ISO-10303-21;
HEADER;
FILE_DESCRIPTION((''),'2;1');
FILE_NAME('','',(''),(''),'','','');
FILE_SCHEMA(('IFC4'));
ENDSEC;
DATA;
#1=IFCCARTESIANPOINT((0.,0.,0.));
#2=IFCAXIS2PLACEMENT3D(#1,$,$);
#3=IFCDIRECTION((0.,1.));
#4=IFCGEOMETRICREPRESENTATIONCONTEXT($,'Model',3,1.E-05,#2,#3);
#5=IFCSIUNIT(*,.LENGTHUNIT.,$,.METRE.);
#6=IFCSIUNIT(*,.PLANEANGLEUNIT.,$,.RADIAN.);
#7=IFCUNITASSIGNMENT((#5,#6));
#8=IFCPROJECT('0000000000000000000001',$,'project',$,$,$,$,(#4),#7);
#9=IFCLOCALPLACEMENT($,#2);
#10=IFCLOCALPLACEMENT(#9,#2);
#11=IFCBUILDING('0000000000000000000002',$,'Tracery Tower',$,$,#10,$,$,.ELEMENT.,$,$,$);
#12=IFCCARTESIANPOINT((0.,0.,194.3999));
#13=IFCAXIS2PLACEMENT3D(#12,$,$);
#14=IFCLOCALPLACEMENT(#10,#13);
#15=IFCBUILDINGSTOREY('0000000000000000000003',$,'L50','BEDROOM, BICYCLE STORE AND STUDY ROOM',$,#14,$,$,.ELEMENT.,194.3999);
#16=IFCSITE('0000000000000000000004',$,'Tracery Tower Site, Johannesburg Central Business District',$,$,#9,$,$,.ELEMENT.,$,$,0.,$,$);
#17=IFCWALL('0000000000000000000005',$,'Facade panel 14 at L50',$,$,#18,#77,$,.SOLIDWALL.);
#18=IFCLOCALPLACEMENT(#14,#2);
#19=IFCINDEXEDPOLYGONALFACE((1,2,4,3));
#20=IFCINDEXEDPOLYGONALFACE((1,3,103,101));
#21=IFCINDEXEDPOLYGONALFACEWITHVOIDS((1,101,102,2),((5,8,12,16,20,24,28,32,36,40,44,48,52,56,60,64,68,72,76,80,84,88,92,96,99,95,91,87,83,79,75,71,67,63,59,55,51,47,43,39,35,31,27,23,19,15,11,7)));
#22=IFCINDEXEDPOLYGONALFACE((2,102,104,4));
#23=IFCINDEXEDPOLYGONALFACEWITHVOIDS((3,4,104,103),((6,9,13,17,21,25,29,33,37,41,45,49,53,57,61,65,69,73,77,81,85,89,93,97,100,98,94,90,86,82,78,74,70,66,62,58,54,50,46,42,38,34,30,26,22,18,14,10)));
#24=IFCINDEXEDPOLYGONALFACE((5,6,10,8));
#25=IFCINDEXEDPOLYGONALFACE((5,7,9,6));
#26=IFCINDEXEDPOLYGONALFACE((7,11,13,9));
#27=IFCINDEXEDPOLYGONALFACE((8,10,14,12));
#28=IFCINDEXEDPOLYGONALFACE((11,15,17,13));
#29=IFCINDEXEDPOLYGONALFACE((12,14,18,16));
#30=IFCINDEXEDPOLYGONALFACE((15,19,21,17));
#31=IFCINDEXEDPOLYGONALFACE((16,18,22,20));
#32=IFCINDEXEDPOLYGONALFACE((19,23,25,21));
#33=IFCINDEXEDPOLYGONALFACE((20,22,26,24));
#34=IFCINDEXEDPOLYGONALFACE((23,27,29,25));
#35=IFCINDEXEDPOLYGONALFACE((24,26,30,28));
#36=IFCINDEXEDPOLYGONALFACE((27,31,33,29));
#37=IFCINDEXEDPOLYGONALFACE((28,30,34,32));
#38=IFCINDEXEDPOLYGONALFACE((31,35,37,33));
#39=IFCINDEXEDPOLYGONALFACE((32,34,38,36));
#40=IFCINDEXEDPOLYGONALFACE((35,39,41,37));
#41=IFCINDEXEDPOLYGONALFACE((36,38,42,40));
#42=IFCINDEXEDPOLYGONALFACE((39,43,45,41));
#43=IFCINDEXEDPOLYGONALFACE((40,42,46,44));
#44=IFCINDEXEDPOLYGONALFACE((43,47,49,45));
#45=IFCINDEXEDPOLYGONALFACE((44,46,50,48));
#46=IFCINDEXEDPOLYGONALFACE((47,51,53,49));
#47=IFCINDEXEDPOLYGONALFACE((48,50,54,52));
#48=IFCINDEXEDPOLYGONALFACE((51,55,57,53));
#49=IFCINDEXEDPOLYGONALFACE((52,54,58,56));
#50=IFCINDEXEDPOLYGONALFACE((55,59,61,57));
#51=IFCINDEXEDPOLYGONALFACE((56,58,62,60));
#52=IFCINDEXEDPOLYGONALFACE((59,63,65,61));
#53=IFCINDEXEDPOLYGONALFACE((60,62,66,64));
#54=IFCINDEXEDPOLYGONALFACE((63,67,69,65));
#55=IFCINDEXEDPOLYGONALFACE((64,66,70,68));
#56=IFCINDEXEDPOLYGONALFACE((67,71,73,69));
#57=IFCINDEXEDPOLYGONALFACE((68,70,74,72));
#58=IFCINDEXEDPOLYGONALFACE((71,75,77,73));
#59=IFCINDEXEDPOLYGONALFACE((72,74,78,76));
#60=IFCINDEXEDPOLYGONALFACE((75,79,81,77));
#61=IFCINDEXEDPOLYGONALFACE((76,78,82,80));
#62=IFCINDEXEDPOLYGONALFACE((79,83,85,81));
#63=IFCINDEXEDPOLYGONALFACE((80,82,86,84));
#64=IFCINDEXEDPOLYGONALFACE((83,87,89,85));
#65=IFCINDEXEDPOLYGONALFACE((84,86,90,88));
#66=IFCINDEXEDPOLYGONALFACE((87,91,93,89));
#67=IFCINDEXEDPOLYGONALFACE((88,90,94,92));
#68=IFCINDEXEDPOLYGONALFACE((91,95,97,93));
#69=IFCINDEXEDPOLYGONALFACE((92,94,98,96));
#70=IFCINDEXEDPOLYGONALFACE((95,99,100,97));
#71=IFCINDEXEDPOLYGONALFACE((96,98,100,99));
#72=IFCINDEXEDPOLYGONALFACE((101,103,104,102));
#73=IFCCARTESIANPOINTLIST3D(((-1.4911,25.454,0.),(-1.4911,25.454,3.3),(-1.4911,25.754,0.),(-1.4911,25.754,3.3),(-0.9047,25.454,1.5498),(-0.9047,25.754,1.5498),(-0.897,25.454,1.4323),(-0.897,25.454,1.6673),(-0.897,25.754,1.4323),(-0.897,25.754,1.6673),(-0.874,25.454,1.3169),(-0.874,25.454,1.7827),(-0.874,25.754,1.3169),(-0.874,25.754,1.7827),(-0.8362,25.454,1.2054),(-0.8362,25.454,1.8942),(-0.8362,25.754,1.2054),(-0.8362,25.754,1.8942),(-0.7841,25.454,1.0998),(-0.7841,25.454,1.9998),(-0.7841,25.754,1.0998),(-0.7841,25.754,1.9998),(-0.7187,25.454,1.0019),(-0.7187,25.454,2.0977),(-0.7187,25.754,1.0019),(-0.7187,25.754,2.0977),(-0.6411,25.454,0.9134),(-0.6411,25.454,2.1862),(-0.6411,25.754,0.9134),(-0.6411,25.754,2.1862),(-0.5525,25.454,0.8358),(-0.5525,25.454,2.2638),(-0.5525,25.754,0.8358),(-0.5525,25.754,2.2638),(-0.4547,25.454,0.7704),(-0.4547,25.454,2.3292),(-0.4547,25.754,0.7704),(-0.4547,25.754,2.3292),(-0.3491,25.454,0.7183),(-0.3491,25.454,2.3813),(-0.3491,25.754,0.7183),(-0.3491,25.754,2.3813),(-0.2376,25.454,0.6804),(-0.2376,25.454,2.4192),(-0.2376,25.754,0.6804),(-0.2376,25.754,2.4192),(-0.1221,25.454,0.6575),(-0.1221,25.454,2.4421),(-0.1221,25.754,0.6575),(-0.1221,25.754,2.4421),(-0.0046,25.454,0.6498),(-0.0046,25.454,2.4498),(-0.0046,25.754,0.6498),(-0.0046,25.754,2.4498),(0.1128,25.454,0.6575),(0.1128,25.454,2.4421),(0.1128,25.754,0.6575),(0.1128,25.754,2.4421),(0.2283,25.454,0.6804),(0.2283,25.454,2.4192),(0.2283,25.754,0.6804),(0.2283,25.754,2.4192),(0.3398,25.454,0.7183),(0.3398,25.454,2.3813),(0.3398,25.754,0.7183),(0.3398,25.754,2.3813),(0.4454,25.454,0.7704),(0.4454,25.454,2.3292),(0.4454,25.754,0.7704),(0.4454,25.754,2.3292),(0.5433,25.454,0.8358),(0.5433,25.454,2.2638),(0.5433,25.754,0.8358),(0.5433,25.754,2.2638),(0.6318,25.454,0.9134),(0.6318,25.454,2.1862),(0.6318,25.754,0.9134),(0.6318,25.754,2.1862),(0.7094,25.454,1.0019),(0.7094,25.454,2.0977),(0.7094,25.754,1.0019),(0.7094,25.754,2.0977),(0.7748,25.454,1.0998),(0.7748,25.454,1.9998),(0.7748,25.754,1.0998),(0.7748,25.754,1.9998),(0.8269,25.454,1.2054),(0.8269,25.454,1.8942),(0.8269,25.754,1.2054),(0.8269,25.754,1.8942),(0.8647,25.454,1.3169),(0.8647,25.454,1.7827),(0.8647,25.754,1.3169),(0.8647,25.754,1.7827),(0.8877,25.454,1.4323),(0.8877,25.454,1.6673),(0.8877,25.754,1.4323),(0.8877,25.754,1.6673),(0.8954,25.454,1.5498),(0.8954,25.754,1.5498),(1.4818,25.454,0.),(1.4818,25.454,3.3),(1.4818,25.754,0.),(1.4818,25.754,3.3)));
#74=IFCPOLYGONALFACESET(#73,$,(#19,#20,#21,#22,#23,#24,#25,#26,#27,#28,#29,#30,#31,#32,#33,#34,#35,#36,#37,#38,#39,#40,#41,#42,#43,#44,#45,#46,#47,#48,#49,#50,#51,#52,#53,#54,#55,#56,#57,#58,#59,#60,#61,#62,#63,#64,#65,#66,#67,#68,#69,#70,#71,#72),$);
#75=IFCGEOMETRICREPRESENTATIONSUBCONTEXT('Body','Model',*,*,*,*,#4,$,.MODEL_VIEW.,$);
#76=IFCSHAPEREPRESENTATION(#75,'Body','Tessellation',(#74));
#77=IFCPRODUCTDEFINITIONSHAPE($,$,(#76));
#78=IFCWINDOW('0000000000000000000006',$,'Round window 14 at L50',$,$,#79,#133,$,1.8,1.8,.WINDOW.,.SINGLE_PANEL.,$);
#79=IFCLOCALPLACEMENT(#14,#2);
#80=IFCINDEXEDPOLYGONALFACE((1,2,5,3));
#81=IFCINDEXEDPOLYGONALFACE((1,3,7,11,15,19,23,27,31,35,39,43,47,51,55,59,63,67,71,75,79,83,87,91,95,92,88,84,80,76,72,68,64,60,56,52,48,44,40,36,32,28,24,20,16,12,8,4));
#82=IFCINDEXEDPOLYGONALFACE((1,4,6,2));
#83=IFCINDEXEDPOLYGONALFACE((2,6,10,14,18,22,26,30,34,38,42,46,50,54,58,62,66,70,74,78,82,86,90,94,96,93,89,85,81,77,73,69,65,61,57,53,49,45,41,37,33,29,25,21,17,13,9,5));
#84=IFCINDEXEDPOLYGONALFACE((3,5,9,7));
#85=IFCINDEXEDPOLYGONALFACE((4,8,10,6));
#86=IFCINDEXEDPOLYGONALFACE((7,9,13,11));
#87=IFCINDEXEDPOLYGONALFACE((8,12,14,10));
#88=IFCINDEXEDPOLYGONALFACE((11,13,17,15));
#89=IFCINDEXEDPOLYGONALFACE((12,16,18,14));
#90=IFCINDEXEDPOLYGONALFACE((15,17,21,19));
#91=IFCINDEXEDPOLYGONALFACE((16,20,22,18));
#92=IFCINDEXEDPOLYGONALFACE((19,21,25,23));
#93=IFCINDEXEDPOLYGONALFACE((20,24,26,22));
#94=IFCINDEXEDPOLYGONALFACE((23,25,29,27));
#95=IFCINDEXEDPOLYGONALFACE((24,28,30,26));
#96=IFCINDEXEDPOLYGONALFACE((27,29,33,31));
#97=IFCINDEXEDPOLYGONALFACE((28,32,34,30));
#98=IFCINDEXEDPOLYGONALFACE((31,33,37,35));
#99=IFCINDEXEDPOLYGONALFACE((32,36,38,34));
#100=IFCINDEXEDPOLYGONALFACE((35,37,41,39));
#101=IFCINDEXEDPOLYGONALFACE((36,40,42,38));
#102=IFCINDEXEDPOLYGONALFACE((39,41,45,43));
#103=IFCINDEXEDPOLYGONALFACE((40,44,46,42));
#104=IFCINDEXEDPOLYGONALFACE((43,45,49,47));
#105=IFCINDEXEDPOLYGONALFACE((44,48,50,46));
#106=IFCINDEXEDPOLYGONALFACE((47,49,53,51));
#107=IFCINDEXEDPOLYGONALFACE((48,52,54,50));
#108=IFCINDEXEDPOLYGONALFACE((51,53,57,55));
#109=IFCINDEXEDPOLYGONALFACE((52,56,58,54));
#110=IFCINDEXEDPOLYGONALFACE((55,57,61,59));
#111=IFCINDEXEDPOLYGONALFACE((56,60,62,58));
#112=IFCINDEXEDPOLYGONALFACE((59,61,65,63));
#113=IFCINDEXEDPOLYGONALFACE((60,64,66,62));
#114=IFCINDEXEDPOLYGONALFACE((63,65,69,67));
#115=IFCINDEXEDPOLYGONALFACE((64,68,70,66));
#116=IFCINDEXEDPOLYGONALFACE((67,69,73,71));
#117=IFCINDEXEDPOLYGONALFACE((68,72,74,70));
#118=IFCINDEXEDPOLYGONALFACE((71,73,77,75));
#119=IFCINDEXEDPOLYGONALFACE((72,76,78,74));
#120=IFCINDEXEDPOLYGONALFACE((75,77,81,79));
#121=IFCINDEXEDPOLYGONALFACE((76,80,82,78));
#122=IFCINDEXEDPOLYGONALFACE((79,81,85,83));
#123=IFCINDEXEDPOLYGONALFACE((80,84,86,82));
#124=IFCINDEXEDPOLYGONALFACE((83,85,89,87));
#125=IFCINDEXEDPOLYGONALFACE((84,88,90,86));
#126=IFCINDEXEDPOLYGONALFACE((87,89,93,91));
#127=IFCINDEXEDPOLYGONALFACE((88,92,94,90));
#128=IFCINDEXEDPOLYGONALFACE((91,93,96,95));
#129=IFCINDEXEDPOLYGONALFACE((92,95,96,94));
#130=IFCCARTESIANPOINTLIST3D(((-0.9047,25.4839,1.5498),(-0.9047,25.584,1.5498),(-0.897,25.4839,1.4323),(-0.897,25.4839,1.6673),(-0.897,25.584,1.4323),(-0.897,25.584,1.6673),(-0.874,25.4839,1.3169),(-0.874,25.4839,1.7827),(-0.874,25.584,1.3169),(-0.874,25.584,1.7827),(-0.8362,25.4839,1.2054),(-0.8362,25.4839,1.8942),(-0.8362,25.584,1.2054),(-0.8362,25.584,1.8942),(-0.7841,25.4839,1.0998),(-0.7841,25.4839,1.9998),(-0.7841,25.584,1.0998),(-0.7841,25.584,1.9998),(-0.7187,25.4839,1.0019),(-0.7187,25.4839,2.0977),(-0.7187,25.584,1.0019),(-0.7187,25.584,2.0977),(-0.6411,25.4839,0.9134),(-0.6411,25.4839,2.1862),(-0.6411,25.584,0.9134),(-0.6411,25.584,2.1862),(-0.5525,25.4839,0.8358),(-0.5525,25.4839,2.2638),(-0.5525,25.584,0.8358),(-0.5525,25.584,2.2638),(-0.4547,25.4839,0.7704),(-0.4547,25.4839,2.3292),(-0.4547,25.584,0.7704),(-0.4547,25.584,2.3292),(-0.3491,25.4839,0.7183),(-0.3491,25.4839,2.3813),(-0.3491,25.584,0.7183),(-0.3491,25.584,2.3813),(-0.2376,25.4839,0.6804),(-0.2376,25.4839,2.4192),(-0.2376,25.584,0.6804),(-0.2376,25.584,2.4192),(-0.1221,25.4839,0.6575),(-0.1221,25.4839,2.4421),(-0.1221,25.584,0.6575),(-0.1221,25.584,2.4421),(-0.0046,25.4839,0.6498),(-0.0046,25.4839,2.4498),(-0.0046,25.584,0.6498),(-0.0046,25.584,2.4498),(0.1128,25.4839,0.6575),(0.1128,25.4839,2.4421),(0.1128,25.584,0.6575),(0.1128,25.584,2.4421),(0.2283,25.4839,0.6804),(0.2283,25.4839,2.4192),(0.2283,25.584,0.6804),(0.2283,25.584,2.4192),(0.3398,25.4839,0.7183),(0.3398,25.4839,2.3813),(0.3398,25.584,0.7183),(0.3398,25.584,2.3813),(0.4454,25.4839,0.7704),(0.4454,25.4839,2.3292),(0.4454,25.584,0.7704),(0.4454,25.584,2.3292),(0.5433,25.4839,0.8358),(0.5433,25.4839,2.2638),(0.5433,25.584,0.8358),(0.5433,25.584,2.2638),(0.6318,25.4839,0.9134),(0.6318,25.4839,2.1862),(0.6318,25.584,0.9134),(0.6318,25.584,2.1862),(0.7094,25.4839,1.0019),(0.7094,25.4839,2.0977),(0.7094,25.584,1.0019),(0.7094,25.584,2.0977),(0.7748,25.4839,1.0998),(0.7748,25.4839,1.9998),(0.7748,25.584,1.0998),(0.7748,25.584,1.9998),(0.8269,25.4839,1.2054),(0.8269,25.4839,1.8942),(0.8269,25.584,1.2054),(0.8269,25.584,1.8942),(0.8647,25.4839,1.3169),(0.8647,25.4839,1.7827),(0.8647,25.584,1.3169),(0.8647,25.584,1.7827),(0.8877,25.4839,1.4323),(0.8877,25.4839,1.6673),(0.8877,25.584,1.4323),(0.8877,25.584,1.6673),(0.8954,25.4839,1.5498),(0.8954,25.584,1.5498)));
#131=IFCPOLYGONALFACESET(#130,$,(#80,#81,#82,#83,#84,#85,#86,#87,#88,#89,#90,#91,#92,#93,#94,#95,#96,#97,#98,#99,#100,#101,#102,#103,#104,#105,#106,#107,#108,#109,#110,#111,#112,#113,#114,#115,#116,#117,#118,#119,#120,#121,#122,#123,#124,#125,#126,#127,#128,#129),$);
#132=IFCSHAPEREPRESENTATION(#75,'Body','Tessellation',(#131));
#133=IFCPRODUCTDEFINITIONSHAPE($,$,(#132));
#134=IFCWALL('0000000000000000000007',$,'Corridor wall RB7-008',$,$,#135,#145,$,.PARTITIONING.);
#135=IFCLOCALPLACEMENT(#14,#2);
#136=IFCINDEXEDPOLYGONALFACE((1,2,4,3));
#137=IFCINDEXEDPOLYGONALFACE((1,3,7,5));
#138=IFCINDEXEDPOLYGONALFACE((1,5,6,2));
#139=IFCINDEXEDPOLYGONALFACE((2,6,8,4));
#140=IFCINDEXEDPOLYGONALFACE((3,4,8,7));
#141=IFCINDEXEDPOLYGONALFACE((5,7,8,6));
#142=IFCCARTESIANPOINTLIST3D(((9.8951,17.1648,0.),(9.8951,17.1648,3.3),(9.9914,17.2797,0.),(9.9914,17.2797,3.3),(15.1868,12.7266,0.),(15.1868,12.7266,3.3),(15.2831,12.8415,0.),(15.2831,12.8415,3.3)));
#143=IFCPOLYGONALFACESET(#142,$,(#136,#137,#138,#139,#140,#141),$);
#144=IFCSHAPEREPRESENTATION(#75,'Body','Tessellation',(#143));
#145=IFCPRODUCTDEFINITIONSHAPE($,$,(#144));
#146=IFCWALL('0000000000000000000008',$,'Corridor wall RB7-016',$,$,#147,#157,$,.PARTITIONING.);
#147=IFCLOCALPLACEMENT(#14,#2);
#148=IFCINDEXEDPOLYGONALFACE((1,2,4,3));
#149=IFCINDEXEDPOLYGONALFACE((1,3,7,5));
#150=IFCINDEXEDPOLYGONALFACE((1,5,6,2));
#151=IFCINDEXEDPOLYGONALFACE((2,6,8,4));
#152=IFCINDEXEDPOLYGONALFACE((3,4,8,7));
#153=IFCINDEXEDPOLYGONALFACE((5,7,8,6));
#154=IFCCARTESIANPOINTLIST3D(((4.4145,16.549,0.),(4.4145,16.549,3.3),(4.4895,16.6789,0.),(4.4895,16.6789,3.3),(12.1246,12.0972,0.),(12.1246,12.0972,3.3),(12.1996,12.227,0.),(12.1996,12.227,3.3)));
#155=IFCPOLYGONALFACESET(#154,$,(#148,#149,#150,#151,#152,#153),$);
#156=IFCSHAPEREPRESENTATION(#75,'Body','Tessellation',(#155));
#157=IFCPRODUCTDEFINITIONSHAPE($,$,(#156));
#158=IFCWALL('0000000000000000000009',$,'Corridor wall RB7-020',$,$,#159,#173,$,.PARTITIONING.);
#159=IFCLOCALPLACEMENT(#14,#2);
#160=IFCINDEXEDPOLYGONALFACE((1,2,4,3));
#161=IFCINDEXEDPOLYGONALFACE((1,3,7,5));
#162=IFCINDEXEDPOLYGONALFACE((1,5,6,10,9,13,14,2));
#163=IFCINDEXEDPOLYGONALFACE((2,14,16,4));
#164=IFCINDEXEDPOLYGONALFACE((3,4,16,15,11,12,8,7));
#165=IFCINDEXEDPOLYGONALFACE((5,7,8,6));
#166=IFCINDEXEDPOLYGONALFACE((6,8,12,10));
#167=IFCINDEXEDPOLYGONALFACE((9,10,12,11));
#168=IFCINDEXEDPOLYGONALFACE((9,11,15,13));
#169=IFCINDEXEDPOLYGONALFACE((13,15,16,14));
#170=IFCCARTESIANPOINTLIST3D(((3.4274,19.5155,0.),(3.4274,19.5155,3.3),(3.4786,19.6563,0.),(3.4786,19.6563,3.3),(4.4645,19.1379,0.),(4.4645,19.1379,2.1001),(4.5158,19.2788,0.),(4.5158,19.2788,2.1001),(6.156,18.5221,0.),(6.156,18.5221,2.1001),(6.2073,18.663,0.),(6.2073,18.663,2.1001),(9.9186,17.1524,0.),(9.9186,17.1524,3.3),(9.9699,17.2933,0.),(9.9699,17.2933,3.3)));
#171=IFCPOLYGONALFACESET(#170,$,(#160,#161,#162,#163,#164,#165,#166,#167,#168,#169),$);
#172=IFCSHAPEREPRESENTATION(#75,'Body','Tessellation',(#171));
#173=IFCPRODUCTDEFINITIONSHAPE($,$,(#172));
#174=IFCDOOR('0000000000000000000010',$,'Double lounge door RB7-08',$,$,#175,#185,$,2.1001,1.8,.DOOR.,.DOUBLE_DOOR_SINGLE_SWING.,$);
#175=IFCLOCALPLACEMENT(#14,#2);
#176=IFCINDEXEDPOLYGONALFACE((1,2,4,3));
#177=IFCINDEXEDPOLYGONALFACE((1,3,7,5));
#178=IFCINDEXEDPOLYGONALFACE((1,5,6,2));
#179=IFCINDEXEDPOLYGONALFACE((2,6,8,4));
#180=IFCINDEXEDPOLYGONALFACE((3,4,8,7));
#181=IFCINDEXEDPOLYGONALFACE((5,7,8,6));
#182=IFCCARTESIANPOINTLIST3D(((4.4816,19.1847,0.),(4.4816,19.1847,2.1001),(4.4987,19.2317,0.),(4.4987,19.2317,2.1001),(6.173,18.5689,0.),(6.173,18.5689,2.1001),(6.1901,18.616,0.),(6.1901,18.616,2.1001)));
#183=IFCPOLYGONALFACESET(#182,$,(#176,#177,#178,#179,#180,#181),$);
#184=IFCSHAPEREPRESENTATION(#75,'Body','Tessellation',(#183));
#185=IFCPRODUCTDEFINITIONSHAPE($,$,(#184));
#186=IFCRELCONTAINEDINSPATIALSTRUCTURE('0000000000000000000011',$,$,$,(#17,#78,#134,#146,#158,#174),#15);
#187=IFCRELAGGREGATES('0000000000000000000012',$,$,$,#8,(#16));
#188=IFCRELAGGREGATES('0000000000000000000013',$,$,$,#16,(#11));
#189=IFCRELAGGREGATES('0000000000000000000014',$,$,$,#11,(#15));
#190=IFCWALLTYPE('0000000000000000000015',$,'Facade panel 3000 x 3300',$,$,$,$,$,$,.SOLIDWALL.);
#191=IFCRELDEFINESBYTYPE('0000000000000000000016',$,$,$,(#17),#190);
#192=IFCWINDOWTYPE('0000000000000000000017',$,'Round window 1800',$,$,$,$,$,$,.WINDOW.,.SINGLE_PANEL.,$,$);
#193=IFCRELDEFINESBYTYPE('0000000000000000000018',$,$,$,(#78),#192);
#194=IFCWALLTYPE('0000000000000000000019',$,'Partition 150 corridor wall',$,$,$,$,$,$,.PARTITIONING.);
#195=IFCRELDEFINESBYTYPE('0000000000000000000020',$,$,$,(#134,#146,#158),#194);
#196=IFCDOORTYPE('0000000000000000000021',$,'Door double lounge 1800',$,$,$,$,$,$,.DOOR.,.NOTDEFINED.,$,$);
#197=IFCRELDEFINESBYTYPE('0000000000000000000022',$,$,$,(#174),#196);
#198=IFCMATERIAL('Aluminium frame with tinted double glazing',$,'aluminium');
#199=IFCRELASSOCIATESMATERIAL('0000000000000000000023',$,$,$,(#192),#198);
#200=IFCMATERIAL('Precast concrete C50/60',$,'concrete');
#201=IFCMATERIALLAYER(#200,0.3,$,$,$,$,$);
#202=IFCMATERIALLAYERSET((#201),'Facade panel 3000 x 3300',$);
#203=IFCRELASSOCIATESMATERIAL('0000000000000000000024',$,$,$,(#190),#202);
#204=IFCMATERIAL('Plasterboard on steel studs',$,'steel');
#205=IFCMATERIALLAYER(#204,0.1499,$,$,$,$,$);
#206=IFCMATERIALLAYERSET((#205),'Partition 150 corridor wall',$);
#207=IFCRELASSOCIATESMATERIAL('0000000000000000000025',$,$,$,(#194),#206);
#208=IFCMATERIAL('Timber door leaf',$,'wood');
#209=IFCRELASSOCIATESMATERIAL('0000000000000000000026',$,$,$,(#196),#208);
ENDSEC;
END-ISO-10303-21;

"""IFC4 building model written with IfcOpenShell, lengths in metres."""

from ifc_helpers import new_model, si_unit, direction, frame, frame_2d, origin, origin_2d, place, context, subcontext, project, spatial, rectangle, circle, extrude, material, layer, layer_set, type_object, element, fill, save


model = new_model("IFC4")

# Units and contexts
model_context = context("Model", 3, precision=1e-05, world=origin(), true_north=direction((0.0, 1.0)))
body_context = subcontext(model_context, "Body", "Model", "MODEL_VIEW")
ifc_project = project(units=[si_unit("LENGTHUNIT", "METRE"), si_unit("PLANEANGLEUNIT", "RADIAN")], contexts=[model_context])

# Site, building, storey
site_placement = place(None, origin())
site = spatial("IfcSite", under=ifc_project, at=site_placement, Name="Tracery Tower Site, Johannesburg Central Business District", CompositionType="ELEMENT", RefElevation=0.0)
building_placement = place(site_placement, origin())
building = spatial("IfcBuilding", under=site, at=building_placement, Name="Tracery Tower", CompositionType="ELEMENT")
storey_placement = place(building_placement, frame((0.0, 0.0, 194.3999)))
storey = spatial("IfcBuildingStorey", under=building, at=storey_placement, Name="L50", Description="BEDROOM, BICYCLE STORE AND STUDY ROOM", CompositionType="ELEMENT", Elevation=194.3999)

# Wall, opening, window
ifc_material_1 = material(Name="Aluminium frame with tinted double glazing", Category="aluminium")
window_type = type_object("IfcWindowType", Name="Round window 1800", PartitioningType="SINGLE_PANEL", PredefinedType="WINDOW", material=ifc_material_1)
ifc_material_2 = material(Name="Precast concrete C50/60", Category="concrete")
ifc_layer_1 = layer(ifc_material_2, 0.3)
ifc_layer_set_1 = layer_set([ifc_layer_1], Name="Facade panel 3000 x 3300")
wall_type_1 = type_object("IfcWallType", Name="Facade panel 3000 x 3300", PredefinedType="SOLIDWALL", material=ifc_layer_set_1)
wall_1_placement = place(storey_placement, frame((1.4817, 25.604, 0.0), z_axis=(0.0, 0.0, 1.0), x_axis=(-1.0, 0.0, 0.0)))
wall_1 = element("IfcWall", 1, at=wall_1_placement, inside=storey, type_object=wall_type_1, Name="Facade panel 14 at L50", PredefinedType="SOLIDWALL", context=body_context, shape_type="SweptSolid", body=[
    extrude(rectangle(XDim=2.9729, YDim=0.3, at=frame_2d((1.4863, 0.0))), origin(), (0.0, 0.0, 1.0), 3.3),
])
opening_1_placement = place(wall_1_placement, frame((1.4863, 0.0, 1.5498)))
opening_1 = element("IfcOpeningElement", 2, at=opening_1_placement, cuts=wall_1, PredefinedType="OPENING", context=body_context, shape_type="SweptSolid", body=[
    extrude(circle(Radius=0.9, at=origin_2d()), frame((0.0, 0.1599, 0.0), z_axis=(0.0, -1.0, 0.0), x_axis=(1.0, 0.0, 0.0)), (0.0, 0.0, 1.0), 0.3201),
])
window_1_placement = place(opening_1_placement, origin())
window_1 = element("IfcWindow", 3, at=window_1_placement, inside=storey, type_object=window_type, Name="Round window 14 at L50", OverallHeight=1.8, OverallWidth=1.8, PartitioningType="SINGLE_PANEL", PredefinedType="WINDOW", context=body_context, shape_type="SweptSolid", body=[
    extrude(circle(Radius=0.9, at=origin_2d()), frame((0.0, 0.1201, 0.0), z_axis=(0.0, -1.0, 0.0), x_axis=(1.0, 0.0, 0.0)), (0.0, 0.0, 1.0), 0.1001),
])
fill(opening_1, window_1)

# Walls
ifc_material_3 = material(Name="Plasterboard on steel studs", Category="steel")
ifc_layer_2 = layer(ifc_material_3, 0.1499)
ifc_layer_set_2 = layer_set([ifc_layer_2], Name="Partition 150 corridor wall")
wall_type_2 = type_object("IfcWallType", Name="Partition 150 corridor wall", PredefinedType="PARTITIONING", material=ifc_layer_set_2)
wall_2_placement = place(storey_placement, frame((9.9434, 17.2222, 0.0), z_axis=(0.0, 0.0, 1.0), x_axis=(0.766192, -0.642612, 0.0)))
element("IfcWall", 4, at=wall_2_placement, inside=storey, type_object=wall_type_2, Name="Corridor wall RB7-008", PredefinedType="PARTITIONING", context=body_context, shape_type="SweptSolid", body=[
    extrude(rectangle(XDim=6.9065, YDim=0.1499, at=frame_2d((3.4531, 0.0))), origin(), (0.0, 0.0, 1.0), 3.3),
])
wall_3_placement = place(storey_placement, frame((4.4519, 16.614, 0.0), z_axis=(0.0, 0.0, 1.0), x_axis=(0.866005, -0.500035, 0.0)))
element("IfcWall", 5, at=wall_3_placement, inside=storey, type_object=wall_type_2, Name="Corridor wall RB7-016", PredefinedType="PARTITIONING", context=body_context, shape_type="SweptSolid", body=[
    extrude(rectangle(XDim=8.9031, YDim=0.1499, at=frame_2d((4.4517, 0.0))), origin(), (0.0, 0.0, 1.0), 3.3),
])

# Wall, opening, door
wall_4_placement = place(storey_placement, frame((3.4529, 19.5859, 0.0), z_axis=(0.0, 0.0, 1.0), x_axis=(0.939673, -0.342075, 0.0)))
wall_4 = element("IfcWall", 6, at=wall_4_placement, inside=storey, type_object=wall_type_2, Name="Corridor wall RB7-020", PredefinedType="PARTITIONING", context=body_context, shape_type="SweptSolid", body=[
    extrude(rectangle(XDim=6.908, YDim=0.1499, at=frame_2d((3.4541, 0.0))), origin(), (0.0, 0.0, 1.0), 3.3),
])
opening_2_placement = place(wall_4_placement, frame((1.104, 0.0, 0.0)))
opening_2 = element("IfcOpeningElement", 7, at=opening_2_placement, cuts=wall_4, PredefinedType="OPENING", context=body_context, shape_type="SweptSolid", body=[
    extrude(rectangle(XDim=1.8, YDim=2.1001, at=frame_2d((0.8999, 1.05))), frame((0.0, 0.075, 0.0), z_axis=(0.0, -1.0, 0.0), x_axis=(1.0, 0.0, 0.0)), (0.0, 0.0, 1.0), 0.1499),
])
ifc_material_4 = material(Name="Timber door leaf", Category="wood")
door_type = type_object("IfcDoorType", Name="Door double lounge 1800", OperationType="NOTDEFINED", PredefinedType="DOOR", material=ifc_material_4)
door_placement = place(opening_2_placement, origin())
door = element("IfcDoor", 8, at=door_placement, inside=storey, type_object=door_type, Name="Double lounge door RB7-08", OperationType="DOUBLE_DOOR_SINGLE_SWING", OverallHeight=2.1001, OverallWidth=1.8, PredefinedType="DOOR", context=body_context, shape_type="SweptSolid", body=[
    extrude(rectangle(XDim=1.8, YDim=2.1001, at=frame_2d((0.8999, 1.05))), frame((0.0, 0.0249, 0.0), z_axis=(0.0, -1.0, 0.0), x_axis=(1.0, 0.0, 0.0)), (0.0, 0.0, 1.0), 0.05),
])
fill(opening_2, door)

save(model, "model.ifc")
